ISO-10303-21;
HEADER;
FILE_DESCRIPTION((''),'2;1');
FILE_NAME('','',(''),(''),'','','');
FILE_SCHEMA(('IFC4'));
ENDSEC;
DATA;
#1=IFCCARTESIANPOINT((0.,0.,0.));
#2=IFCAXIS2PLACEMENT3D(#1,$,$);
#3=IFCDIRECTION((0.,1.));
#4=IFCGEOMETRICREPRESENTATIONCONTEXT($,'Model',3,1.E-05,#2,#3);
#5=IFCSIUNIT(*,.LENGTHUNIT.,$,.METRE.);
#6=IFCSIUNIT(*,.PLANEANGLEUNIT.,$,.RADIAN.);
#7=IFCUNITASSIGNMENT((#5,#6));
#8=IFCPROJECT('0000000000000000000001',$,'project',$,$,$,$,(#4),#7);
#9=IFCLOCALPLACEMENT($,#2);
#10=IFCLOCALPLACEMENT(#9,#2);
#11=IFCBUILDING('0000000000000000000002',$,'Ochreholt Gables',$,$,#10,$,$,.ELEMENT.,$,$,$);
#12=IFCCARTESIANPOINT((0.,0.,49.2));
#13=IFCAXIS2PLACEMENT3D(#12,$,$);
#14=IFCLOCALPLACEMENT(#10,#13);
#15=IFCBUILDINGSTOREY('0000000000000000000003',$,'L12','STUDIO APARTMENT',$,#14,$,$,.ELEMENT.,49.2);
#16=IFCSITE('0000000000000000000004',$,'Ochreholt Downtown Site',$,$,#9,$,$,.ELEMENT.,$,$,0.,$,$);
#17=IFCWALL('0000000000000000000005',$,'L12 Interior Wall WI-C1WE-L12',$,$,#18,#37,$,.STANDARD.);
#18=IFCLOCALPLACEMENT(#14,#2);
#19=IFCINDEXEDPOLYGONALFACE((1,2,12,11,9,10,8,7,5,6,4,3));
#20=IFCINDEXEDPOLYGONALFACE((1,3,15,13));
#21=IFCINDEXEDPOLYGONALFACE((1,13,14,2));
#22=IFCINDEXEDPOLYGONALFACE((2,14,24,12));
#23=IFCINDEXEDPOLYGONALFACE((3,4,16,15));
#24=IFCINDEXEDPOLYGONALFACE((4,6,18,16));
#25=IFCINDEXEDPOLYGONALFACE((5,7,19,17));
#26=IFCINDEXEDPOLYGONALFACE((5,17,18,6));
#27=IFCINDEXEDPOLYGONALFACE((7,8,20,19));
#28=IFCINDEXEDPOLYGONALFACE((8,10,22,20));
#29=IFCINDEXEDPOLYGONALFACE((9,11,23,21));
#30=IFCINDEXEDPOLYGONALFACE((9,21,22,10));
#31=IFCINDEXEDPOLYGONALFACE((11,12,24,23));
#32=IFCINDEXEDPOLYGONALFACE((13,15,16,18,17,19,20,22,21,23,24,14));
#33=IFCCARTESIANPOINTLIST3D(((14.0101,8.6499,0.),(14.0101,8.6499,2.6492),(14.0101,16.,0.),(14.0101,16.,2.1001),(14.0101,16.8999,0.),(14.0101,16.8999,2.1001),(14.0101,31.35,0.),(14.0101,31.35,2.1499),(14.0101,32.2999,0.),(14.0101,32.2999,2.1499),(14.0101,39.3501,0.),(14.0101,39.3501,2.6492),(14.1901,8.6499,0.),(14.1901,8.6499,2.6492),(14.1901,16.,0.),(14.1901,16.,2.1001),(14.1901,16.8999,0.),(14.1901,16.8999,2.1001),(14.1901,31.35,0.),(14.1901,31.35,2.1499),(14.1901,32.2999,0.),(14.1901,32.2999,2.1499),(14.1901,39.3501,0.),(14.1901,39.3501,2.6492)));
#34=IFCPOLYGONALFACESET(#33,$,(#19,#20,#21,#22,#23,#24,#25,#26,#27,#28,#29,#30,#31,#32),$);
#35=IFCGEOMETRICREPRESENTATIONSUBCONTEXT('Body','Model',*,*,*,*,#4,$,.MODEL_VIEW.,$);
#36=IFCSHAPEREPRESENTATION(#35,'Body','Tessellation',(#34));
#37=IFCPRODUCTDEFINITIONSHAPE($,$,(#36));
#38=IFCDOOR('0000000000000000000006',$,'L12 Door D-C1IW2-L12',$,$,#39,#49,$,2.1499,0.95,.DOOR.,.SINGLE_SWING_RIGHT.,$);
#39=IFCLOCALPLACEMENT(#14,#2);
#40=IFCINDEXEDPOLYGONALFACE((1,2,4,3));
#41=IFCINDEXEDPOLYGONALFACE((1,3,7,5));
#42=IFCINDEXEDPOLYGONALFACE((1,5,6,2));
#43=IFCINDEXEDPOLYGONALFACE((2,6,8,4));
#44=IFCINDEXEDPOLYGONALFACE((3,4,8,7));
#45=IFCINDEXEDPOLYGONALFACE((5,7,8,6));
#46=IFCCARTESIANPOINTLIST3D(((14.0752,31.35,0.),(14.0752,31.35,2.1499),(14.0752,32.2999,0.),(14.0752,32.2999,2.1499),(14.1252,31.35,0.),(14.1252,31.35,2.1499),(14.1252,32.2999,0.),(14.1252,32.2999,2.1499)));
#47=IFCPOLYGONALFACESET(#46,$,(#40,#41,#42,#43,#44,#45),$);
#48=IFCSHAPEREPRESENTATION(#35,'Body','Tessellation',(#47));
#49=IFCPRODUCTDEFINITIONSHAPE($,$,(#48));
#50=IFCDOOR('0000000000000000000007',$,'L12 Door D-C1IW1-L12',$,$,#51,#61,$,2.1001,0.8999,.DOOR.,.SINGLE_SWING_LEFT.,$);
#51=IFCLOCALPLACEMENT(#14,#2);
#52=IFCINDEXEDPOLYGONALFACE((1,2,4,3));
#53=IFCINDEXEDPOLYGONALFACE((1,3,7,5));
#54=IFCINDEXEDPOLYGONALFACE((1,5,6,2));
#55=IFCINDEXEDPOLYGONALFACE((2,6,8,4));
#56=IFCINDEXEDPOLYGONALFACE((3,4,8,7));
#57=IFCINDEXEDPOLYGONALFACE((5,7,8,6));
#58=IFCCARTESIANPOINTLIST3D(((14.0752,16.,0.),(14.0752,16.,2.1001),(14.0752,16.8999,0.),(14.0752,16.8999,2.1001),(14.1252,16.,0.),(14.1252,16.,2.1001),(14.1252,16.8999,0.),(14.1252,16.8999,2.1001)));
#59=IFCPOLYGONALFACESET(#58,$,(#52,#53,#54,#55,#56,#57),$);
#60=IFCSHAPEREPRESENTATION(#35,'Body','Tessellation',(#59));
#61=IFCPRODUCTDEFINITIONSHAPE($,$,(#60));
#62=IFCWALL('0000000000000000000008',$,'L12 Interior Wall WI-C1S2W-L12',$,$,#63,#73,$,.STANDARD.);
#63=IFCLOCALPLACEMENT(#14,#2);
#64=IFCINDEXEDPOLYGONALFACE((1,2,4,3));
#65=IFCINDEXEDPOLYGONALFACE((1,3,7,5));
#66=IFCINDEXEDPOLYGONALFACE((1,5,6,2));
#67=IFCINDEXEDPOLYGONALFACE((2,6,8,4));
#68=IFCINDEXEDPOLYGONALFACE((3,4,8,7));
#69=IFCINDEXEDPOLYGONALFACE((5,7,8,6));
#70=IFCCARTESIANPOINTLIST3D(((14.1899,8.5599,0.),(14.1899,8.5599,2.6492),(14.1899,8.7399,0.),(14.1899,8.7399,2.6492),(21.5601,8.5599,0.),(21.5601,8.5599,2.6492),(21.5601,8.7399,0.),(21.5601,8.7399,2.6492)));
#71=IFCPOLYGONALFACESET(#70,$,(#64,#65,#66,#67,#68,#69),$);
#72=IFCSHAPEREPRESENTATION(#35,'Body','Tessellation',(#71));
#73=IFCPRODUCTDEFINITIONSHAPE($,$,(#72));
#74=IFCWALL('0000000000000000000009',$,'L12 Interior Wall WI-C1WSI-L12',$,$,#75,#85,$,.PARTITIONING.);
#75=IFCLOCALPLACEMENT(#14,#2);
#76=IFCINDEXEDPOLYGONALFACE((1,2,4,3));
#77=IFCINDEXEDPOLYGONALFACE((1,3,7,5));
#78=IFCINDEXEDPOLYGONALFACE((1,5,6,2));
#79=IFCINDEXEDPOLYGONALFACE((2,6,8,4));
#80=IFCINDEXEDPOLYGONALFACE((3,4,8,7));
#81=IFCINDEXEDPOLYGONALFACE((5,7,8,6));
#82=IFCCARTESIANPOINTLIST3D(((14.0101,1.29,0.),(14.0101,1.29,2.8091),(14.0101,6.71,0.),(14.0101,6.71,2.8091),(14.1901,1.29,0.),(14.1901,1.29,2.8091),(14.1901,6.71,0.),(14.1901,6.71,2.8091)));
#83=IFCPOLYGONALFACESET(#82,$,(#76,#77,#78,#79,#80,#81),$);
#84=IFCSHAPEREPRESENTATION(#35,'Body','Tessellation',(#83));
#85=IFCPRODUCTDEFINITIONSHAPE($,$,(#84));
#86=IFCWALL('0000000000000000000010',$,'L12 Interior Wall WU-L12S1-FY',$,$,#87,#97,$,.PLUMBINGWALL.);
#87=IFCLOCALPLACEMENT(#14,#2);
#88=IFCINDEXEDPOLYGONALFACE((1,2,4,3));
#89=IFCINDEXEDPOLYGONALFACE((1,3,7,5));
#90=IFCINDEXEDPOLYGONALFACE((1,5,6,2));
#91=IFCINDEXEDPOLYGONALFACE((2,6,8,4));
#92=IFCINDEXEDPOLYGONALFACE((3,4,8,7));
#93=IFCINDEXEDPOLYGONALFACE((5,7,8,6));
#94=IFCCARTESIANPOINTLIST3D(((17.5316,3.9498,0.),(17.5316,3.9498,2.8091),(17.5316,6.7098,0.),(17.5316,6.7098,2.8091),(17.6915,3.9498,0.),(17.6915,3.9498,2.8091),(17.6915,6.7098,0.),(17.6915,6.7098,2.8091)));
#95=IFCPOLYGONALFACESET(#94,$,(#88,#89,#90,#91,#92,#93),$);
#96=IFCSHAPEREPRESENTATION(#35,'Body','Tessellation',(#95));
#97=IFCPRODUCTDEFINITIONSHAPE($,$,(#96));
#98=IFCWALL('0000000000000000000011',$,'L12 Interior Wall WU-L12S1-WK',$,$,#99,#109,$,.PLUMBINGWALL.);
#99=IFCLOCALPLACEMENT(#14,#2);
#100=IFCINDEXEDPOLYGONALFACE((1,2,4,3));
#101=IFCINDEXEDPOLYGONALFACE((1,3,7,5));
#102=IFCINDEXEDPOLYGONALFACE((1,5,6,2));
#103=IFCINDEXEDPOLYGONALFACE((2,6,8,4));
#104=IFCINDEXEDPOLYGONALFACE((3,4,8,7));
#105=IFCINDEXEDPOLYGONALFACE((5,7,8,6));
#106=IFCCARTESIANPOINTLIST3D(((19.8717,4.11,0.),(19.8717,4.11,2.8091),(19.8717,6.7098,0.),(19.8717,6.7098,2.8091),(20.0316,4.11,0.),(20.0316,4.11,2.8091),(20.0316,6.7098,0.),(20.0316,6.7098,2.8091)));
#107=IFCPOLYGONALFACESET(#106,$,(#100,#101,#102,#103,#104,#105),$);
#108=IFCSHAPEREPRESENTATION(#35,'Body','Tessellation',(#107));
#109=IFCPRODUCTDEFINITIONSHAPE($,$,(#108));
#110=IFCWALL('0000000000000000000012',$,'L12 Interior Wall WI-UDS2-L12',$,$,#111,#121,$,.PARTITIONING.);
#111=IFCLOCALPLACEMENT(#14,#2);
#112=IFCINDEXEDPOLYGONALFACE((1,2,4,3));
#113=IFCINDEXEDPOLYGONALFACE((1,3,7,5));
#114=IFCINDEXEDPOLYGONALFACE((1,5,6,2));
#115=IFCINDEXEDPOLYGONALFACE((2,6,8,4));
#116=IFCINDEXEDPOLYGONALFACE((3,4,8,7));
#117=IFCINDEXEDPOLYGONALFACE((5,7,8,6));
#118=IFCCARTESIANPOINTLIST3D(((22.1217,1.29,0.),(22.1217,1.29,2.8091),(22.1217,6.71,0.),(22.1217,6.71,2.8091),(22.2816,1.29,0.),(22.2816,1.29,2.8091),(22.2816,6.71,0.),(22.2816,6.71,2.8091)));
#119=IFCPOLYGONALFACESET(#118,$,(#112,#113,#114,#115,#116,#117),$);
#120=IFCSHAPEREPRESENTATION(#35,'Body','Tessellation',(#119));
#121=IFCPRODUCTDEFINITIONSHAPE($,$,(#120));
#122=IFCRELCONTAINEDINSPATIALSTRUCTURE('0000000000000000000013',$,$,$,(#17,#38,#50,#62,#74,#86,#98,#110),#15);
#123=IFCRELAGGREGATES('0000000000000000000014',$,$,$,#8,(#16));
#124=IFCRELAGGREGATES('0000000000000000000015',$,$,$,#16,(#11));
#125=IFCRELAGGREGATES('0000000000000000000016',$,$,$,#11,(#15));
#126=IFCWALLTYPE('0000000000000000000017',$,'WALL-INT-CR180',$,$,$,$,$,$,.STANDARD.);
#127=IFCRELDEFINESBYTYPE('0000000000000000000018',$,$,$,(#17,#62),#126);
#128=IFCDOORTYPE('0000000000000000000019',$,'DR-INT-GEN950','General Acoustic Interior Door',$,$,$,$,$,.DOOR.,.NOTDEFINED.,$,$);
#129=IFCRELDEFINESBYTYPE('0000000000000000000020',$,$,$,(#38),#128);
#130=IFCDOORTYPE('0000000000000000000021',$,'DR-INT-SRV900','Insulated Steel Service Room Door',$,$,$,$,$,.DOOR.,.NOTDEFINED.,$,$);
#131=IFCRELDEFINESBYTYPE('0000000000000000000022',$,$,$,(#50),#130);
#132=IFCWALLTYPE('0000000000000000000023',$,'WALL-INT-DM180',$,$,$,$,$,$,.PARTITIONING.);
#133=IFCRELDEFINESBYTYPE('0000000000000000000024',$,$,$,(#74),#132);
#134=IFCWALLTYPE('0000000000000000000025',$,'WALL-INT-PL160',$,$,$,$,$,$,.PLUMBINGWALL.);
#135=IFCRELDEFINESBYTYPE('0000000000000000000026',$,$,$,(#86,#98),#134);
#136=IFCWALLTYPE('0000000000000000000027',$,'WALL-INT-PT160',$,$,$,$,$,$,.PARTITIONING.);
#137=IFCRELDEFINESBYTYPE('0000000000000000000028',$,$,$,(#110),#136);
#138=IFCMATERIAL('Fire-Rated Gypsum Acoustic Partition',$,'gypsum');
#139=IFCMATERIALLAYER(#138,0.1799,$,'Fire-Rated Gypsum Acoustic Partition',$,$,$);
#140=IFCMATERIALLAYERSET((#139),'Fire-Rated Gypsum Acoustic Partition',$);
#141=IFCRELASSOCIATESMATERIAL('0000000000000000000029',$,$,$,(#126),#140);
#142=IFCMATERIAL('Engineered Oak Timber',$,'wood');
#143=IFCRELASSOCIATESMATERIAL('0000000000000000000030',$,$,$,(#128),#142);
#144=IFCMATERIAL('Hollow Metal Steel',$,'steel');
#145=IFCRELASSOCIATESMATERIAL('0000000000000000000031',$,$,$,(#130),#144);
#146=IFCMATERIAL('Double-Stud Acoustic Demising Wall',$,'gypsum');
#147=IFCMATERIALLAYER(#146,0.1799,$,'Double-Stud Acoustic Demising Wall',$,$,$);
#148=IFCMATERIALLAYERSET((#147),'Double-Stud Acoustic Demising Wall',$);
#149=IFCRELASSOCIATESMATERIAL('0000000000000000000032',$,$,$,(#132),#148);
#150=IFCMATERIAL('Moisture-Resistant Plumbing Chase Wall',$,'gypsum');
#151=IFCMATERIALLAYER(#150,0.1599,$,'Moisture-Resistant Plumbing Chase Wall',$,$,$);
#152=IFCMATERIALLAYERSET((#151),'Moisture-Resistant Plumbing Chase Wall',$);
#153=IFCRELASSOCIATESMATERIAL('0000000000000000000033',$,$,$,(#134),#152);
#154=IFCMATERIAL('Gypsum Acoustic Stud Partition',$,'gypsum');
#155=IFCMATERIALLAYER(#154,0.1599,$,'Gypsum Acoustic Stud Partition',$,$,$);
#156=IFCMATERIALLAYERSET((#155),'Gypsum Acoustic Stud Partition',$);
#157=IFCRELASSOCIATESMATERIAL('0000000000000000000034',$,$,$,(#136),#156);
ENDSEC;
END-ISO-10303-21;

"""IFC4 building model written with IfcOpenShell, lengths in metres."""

from ifc_helpers import new_model, si_unit, direction, frame, frame_2d, origin, place, context, subcontext, project, spatial, rectangle, extrude, material, layer, layer_set, type_object, element, fill, save


model = new_model("IFC4")

# Units and contexts
model_context = context("Model", 3, precision=1e-05, world=origin(), true_north=direction((0.0, 1.0)))
body_context = subcontext(model_context, "Body", "Model", "MODEL_VIEW")
ifc_project = project(units=[si_unit("LENGTHUNIT", "METRE"), si_unit("PLANEANGLEUNIT", "RADIAN")], contexts=[model_context])

# Site, building, storey
site_placement = place(None, origin())
site = spatial("IfcSite", under=ifc_project, at=site_placement, Name="Ochreholt Downtown Site", CompositionType="ELEMENT", RefElevation=0.0)
building_placement = place(site_placement, origin())
building = spatial("IfcBuilding", under=site, at=building_placement, Name="Ochreholt Gables", CompositionType="ELEMENT")
storey_placement = place(building_placement, frame((0.0, 0.0, 49.2)))
storey = spatial("IfcBuildingStorey", under=building, at=storey_placement, Name="L12", Description="STUDIO APARTMENT", CompositionType="ELEMENT", Elevation=49.2)

# Shared definitions
ifc_material_1 = material(Name="Fire-Rated Gypsum Acoustic Partition", Category="gypsum")
ifc_layer_1 = layer(ifc_material_1, 0.1799, Name="Fire-Rated Gypsum Acoustic Partition")
ifc_layer_set_1 = layer_set([ifc_layer_1], Name="Fire-Rated Gypsum Acoustic Partition")
wall_type_1 = type_object("IfcWallType", Name="WALL-INT-CR180", PredefinedType="STANDARD", material=ifc_layer_set_1)

# Shared definitions
ifc_material_2 = material(Name="Engineered Oak Timber", Category="wood")
door_type_1 = type_object("IfcDoorType", Name="DR-INT-GEN950", Description="General Acoustic Interior Door", OperationType="NOTDEFINED", PredefinedType="DOOR", material=ifc_material_2)

# Wall, openings, doors
wall_1_placement = place(storey_placement, frame((14.1001, 8.6499, 0.0), z_axis=(0.0, 0.0, 1.0), x_axis=(0.0, 1.0, 0.0)))
wall_1 = element("IfcWall", 1, at=wall_1_placement, inside=storey, type_object=wall_type_1, Name="L12 Interior Wall WI-C1WE-L12", PredefinedType="STANDARD", context=body_context, shape_type="SweptSolid", body=[
    extrude(rectangle(XDim=30.7002, YDim=0.1799, at=frame_2d((15.3501, 0.0))), origin(), (0.0, 0.0, 1.0), 2.6492),
])
opening_1_placement = place(wall_1_placement, frame((7.3501, 0.0, 0.0)))
opening_1 = element("IfcOpeningElement", 2, at=opening_1_placement, cuts=wall_1, PredefinedType="OPENING", context=body_context, shape_type="SweptSolid", body=[
    extrude(rectangle(XDim=0.8999, YDim=2.1001, at=frame_2d((0.45, 1.05))), frame((0.0, 0.0999, 0.0), z_axis=(0.0, -1.0, 0.0), x_axis=(1.0, 0.0, 0.0)), (0.0, 0.0, 1.0), 0.2),
])
opening_2_placement = place(wall_1_placement, frame((22.7, 0.0, 0.0)))
opening_2 = element("IfcOpeningElement", 3, at=opening_2_placement, cuts=wall_1, PredefinedType="OPENING", context=body_context, shape_type="SweptSolid", body=[
    extrude(rectangle(XDim=0.95, YDim=2.1499, at=frame_2d((0.4751, 1.075))), frame((0.0, 0.0999, 0.0), z_axis=(0.0, -1.0, 0.0), x_axis=(1.0, 0.0, 0.0)), (0.0, 0.0, 1.0), 0.2),
])
door_1_placement = place(opening_2_placement, origin())
door_1 = element("IfcDoor", 4, at=door_1_placement, inside=storey, type_object=door_type_1, Name="L12 Door D-C1IW2-L12", OperationType="SINGLE_SWING_RIGHT", OverallHeight=2.1499, OverallWidth=0.95, PredefinedType="DOOR", context=body_context, shape_type="SweptSolid", body=[
    extrude(rectangle(XDim=0.95, YDim=2.1499, at=frame_2d((0.4751, 1.075))), frame((0.0, 0.0249, 0.0), z_axis=(0.0, -1.0, 0.0), x_axis=(1.0, 0.0, 0.0)), (0.0, 0.0, 1.0), 0.05),
])
fill(opening_2, door_1)
ifc_material_3 = material(Name="Hollow Metal Steel", Category="steel")
door_type_2 = type_object("IfcDoorType", Name="DR-INT-SRV900", Description="Insulated Steel Service Room Door", OperationType="NOTDEFINED", PredefinedType="DOOR", material=ifc_material_3)
door_2_placement = place(opening_1_placement, origin())
door_2 = element("IfcDoor", 5, at=door_2_placement, inside=storey, type_object=door_type_2, Name="L12 Door D-C1IW1-L12", OperationType="SINGLE_SWING_LEFT", OverallHeight=2.1001, OverallWidth=0.8999, PredefinedType="DOOR", context=body_context, shape_type="SweptSolid", body=[
    extrude(rectangle(XDim=0.8999, YDim=2.1001, at=frame_2d((0.45, 1.05))), frame((0.0, 0.0249, 0.0), z_axis=(0.0, -1.0, 0.0), x_axis=(1.0, 0.0, 0.0)), (0.0, 0.0, 1.0), 0.05),
])
fill(opening_1, door_2)

# Walls
wall_2_placement = place(storey_placement, frame((14.1899, 8.6499, 0.0), z_axis=(0.0, 0.0, 1.0), x_axis=(1.0, 0.0, 0.0)))
element("IfcWall", 6, at=wall_2_placement, inside=storey, type_object=wall_type_1, Name="L12 Interior Wall WI-C1S2W-L12", PredefinedType="STANDARD", context=body_context, shape_type="SweptSolid", body=[
    extrude(rectangle(XDim=7.3701, YDim=0.1799, at=frame_2d((3.6851, 0.0))), origin(), (0.0, 0.0, 1.0), 2.6492),
])
ifc_material_4 = material(Name="Double-Stud Acoustic Demising Wall", Category="gypsum")
ifc_layer_2 = layer(ifc_material_4, 0.1799, Name="Double-Stud Acoustic Demising Wall")
ifc_layer_set_2 = layer_set([ifc_layer_2], Name="Double-Stud Acoustic Demising Wall")
wall_type_2 = type_object("IfcWallType", Name="WALL-INT-DM180", PredefinedType="PARTITIONING", material=ifc_layer_set_2)
wall_3_placement = place(storey_placement, frame((14.1001, 1.29, 0.0), z_axis=(0.0, 0.0, 1.0), x_axis=(0.0, 1.0, 0.0)))
element("IfcWall", 7, at=wall_3_placement, inside=storey, type_object=wall_type_2, Name="L12 Interior Wall WI-C1WSI-L12", PredefinedType="PARTITIONING", context=body_context, shape_type="SweptSolid", body=[
    extrude(rectangle(XDim=5.4199, YDim=0.1799, at=frame_2d((2.71, 0.0))), origin(), (0.0, 0.0, 1.0), 2.8091),
])

# Shared definitions
ifc_material_5 = material(Name="Moisture-Resistant Plumbing Chase Wall", Category="gypsum")
ifc_layer_3 = layer(ifc_material_5, 0.1599, Name="Moisture-Resistant Plumbing Chase Wall")
ifc_layer_set_3 = layer_set([ifc_layer_3], Name="Moisture-Resistant Plumbing Chase Wall")
wall_type_3 = type_object("IfcWallType", Name="WALL-INT-PL160", PredefinedType="PLUMBINGWALL", material=ifc_layer_set_3)

# Walls
wall_4_placement = place(storey_placement, frame((17.6116, 3.95, 0.0), z_axis=(0.0, 0.0, 1.0), x_axis=(0.0, 1.0, 0.0)))
element("IfcWall", 8, at=wall_4_placement, inside=storey, type_object=wall_type_3, Name="L12 Interior Wall WU-L12S1-FY", PredefinedType="PLUMBINGWALL", context=body_context, shape_type="SweptSolid", body=[
    extrude(rectangle(XDim=2.76, YDim=0.1599, at=frame_2d((1.3799, 0.0))), origin(), (0.0, 0.0, 1.0), 2.8091),
])
wall_5_placement = place(storey_placement, frame((19.9517, 4.1101, 0.0), z_axis=(0.0, 0.0, 1.0), x_axis=(0.0, 1.0, 0.0)))
element("IfcWall", 9, at=wall_5_placement, inside=storey, type_object=wall_type_3, Name="L12 Interior Wall WU-L12S1-WK", PredefinedType="PLUMBINGWALL", context=body_context, shape_type="SweptSolid", body=[
    extrude(rectangle(XDim=2.5999, YDim=0.1599, at=frame_2d((1.2998, 0.0))), origin(), (0.0, 0.0, 1.0), 2.8091),
])
ifc_material_6 = material(Name="Gypsum Acoustic Stud Partition", Category="gypsum")
ifc_layer_4 = layer(ifc_material_6, 0.1599, Name="Gypsum Acoustic Stud Partition")
ifc_layer_set_4 = layer_set([ifc_layer_4], Name="Gypsum Acoustic Stud Partition")
wall_type_4 = type_object("IfcWallType", Name="WALL-INT-PT160", PredefinedType="PARTITIONING", material=ifc_layer_set_4)
wall_6_placement = place(storey_placement, frame((22.2017, 1.29, 0.0), z_axis=(0.0, 0.0, 1.0), x_axis=(0.0, 1.0, 0.0)))
element("IfcWall", 10, at=wall_6_placement, inside=storey, type_object=wall_type_4, Name="L12 Interior Wall WI-UDS2-L12", PredefinedType="PARTITIONING", context=body_context, shape_type="SweptSolid", body=[
    extrude(rectangle(XDim=5.4199, YDim=0.1599, at=frame_2d((2.71, 0.0))), origin(), (0.0, 0.0, 1.0), 2.8091),
])

save(model, "model.ifc")
